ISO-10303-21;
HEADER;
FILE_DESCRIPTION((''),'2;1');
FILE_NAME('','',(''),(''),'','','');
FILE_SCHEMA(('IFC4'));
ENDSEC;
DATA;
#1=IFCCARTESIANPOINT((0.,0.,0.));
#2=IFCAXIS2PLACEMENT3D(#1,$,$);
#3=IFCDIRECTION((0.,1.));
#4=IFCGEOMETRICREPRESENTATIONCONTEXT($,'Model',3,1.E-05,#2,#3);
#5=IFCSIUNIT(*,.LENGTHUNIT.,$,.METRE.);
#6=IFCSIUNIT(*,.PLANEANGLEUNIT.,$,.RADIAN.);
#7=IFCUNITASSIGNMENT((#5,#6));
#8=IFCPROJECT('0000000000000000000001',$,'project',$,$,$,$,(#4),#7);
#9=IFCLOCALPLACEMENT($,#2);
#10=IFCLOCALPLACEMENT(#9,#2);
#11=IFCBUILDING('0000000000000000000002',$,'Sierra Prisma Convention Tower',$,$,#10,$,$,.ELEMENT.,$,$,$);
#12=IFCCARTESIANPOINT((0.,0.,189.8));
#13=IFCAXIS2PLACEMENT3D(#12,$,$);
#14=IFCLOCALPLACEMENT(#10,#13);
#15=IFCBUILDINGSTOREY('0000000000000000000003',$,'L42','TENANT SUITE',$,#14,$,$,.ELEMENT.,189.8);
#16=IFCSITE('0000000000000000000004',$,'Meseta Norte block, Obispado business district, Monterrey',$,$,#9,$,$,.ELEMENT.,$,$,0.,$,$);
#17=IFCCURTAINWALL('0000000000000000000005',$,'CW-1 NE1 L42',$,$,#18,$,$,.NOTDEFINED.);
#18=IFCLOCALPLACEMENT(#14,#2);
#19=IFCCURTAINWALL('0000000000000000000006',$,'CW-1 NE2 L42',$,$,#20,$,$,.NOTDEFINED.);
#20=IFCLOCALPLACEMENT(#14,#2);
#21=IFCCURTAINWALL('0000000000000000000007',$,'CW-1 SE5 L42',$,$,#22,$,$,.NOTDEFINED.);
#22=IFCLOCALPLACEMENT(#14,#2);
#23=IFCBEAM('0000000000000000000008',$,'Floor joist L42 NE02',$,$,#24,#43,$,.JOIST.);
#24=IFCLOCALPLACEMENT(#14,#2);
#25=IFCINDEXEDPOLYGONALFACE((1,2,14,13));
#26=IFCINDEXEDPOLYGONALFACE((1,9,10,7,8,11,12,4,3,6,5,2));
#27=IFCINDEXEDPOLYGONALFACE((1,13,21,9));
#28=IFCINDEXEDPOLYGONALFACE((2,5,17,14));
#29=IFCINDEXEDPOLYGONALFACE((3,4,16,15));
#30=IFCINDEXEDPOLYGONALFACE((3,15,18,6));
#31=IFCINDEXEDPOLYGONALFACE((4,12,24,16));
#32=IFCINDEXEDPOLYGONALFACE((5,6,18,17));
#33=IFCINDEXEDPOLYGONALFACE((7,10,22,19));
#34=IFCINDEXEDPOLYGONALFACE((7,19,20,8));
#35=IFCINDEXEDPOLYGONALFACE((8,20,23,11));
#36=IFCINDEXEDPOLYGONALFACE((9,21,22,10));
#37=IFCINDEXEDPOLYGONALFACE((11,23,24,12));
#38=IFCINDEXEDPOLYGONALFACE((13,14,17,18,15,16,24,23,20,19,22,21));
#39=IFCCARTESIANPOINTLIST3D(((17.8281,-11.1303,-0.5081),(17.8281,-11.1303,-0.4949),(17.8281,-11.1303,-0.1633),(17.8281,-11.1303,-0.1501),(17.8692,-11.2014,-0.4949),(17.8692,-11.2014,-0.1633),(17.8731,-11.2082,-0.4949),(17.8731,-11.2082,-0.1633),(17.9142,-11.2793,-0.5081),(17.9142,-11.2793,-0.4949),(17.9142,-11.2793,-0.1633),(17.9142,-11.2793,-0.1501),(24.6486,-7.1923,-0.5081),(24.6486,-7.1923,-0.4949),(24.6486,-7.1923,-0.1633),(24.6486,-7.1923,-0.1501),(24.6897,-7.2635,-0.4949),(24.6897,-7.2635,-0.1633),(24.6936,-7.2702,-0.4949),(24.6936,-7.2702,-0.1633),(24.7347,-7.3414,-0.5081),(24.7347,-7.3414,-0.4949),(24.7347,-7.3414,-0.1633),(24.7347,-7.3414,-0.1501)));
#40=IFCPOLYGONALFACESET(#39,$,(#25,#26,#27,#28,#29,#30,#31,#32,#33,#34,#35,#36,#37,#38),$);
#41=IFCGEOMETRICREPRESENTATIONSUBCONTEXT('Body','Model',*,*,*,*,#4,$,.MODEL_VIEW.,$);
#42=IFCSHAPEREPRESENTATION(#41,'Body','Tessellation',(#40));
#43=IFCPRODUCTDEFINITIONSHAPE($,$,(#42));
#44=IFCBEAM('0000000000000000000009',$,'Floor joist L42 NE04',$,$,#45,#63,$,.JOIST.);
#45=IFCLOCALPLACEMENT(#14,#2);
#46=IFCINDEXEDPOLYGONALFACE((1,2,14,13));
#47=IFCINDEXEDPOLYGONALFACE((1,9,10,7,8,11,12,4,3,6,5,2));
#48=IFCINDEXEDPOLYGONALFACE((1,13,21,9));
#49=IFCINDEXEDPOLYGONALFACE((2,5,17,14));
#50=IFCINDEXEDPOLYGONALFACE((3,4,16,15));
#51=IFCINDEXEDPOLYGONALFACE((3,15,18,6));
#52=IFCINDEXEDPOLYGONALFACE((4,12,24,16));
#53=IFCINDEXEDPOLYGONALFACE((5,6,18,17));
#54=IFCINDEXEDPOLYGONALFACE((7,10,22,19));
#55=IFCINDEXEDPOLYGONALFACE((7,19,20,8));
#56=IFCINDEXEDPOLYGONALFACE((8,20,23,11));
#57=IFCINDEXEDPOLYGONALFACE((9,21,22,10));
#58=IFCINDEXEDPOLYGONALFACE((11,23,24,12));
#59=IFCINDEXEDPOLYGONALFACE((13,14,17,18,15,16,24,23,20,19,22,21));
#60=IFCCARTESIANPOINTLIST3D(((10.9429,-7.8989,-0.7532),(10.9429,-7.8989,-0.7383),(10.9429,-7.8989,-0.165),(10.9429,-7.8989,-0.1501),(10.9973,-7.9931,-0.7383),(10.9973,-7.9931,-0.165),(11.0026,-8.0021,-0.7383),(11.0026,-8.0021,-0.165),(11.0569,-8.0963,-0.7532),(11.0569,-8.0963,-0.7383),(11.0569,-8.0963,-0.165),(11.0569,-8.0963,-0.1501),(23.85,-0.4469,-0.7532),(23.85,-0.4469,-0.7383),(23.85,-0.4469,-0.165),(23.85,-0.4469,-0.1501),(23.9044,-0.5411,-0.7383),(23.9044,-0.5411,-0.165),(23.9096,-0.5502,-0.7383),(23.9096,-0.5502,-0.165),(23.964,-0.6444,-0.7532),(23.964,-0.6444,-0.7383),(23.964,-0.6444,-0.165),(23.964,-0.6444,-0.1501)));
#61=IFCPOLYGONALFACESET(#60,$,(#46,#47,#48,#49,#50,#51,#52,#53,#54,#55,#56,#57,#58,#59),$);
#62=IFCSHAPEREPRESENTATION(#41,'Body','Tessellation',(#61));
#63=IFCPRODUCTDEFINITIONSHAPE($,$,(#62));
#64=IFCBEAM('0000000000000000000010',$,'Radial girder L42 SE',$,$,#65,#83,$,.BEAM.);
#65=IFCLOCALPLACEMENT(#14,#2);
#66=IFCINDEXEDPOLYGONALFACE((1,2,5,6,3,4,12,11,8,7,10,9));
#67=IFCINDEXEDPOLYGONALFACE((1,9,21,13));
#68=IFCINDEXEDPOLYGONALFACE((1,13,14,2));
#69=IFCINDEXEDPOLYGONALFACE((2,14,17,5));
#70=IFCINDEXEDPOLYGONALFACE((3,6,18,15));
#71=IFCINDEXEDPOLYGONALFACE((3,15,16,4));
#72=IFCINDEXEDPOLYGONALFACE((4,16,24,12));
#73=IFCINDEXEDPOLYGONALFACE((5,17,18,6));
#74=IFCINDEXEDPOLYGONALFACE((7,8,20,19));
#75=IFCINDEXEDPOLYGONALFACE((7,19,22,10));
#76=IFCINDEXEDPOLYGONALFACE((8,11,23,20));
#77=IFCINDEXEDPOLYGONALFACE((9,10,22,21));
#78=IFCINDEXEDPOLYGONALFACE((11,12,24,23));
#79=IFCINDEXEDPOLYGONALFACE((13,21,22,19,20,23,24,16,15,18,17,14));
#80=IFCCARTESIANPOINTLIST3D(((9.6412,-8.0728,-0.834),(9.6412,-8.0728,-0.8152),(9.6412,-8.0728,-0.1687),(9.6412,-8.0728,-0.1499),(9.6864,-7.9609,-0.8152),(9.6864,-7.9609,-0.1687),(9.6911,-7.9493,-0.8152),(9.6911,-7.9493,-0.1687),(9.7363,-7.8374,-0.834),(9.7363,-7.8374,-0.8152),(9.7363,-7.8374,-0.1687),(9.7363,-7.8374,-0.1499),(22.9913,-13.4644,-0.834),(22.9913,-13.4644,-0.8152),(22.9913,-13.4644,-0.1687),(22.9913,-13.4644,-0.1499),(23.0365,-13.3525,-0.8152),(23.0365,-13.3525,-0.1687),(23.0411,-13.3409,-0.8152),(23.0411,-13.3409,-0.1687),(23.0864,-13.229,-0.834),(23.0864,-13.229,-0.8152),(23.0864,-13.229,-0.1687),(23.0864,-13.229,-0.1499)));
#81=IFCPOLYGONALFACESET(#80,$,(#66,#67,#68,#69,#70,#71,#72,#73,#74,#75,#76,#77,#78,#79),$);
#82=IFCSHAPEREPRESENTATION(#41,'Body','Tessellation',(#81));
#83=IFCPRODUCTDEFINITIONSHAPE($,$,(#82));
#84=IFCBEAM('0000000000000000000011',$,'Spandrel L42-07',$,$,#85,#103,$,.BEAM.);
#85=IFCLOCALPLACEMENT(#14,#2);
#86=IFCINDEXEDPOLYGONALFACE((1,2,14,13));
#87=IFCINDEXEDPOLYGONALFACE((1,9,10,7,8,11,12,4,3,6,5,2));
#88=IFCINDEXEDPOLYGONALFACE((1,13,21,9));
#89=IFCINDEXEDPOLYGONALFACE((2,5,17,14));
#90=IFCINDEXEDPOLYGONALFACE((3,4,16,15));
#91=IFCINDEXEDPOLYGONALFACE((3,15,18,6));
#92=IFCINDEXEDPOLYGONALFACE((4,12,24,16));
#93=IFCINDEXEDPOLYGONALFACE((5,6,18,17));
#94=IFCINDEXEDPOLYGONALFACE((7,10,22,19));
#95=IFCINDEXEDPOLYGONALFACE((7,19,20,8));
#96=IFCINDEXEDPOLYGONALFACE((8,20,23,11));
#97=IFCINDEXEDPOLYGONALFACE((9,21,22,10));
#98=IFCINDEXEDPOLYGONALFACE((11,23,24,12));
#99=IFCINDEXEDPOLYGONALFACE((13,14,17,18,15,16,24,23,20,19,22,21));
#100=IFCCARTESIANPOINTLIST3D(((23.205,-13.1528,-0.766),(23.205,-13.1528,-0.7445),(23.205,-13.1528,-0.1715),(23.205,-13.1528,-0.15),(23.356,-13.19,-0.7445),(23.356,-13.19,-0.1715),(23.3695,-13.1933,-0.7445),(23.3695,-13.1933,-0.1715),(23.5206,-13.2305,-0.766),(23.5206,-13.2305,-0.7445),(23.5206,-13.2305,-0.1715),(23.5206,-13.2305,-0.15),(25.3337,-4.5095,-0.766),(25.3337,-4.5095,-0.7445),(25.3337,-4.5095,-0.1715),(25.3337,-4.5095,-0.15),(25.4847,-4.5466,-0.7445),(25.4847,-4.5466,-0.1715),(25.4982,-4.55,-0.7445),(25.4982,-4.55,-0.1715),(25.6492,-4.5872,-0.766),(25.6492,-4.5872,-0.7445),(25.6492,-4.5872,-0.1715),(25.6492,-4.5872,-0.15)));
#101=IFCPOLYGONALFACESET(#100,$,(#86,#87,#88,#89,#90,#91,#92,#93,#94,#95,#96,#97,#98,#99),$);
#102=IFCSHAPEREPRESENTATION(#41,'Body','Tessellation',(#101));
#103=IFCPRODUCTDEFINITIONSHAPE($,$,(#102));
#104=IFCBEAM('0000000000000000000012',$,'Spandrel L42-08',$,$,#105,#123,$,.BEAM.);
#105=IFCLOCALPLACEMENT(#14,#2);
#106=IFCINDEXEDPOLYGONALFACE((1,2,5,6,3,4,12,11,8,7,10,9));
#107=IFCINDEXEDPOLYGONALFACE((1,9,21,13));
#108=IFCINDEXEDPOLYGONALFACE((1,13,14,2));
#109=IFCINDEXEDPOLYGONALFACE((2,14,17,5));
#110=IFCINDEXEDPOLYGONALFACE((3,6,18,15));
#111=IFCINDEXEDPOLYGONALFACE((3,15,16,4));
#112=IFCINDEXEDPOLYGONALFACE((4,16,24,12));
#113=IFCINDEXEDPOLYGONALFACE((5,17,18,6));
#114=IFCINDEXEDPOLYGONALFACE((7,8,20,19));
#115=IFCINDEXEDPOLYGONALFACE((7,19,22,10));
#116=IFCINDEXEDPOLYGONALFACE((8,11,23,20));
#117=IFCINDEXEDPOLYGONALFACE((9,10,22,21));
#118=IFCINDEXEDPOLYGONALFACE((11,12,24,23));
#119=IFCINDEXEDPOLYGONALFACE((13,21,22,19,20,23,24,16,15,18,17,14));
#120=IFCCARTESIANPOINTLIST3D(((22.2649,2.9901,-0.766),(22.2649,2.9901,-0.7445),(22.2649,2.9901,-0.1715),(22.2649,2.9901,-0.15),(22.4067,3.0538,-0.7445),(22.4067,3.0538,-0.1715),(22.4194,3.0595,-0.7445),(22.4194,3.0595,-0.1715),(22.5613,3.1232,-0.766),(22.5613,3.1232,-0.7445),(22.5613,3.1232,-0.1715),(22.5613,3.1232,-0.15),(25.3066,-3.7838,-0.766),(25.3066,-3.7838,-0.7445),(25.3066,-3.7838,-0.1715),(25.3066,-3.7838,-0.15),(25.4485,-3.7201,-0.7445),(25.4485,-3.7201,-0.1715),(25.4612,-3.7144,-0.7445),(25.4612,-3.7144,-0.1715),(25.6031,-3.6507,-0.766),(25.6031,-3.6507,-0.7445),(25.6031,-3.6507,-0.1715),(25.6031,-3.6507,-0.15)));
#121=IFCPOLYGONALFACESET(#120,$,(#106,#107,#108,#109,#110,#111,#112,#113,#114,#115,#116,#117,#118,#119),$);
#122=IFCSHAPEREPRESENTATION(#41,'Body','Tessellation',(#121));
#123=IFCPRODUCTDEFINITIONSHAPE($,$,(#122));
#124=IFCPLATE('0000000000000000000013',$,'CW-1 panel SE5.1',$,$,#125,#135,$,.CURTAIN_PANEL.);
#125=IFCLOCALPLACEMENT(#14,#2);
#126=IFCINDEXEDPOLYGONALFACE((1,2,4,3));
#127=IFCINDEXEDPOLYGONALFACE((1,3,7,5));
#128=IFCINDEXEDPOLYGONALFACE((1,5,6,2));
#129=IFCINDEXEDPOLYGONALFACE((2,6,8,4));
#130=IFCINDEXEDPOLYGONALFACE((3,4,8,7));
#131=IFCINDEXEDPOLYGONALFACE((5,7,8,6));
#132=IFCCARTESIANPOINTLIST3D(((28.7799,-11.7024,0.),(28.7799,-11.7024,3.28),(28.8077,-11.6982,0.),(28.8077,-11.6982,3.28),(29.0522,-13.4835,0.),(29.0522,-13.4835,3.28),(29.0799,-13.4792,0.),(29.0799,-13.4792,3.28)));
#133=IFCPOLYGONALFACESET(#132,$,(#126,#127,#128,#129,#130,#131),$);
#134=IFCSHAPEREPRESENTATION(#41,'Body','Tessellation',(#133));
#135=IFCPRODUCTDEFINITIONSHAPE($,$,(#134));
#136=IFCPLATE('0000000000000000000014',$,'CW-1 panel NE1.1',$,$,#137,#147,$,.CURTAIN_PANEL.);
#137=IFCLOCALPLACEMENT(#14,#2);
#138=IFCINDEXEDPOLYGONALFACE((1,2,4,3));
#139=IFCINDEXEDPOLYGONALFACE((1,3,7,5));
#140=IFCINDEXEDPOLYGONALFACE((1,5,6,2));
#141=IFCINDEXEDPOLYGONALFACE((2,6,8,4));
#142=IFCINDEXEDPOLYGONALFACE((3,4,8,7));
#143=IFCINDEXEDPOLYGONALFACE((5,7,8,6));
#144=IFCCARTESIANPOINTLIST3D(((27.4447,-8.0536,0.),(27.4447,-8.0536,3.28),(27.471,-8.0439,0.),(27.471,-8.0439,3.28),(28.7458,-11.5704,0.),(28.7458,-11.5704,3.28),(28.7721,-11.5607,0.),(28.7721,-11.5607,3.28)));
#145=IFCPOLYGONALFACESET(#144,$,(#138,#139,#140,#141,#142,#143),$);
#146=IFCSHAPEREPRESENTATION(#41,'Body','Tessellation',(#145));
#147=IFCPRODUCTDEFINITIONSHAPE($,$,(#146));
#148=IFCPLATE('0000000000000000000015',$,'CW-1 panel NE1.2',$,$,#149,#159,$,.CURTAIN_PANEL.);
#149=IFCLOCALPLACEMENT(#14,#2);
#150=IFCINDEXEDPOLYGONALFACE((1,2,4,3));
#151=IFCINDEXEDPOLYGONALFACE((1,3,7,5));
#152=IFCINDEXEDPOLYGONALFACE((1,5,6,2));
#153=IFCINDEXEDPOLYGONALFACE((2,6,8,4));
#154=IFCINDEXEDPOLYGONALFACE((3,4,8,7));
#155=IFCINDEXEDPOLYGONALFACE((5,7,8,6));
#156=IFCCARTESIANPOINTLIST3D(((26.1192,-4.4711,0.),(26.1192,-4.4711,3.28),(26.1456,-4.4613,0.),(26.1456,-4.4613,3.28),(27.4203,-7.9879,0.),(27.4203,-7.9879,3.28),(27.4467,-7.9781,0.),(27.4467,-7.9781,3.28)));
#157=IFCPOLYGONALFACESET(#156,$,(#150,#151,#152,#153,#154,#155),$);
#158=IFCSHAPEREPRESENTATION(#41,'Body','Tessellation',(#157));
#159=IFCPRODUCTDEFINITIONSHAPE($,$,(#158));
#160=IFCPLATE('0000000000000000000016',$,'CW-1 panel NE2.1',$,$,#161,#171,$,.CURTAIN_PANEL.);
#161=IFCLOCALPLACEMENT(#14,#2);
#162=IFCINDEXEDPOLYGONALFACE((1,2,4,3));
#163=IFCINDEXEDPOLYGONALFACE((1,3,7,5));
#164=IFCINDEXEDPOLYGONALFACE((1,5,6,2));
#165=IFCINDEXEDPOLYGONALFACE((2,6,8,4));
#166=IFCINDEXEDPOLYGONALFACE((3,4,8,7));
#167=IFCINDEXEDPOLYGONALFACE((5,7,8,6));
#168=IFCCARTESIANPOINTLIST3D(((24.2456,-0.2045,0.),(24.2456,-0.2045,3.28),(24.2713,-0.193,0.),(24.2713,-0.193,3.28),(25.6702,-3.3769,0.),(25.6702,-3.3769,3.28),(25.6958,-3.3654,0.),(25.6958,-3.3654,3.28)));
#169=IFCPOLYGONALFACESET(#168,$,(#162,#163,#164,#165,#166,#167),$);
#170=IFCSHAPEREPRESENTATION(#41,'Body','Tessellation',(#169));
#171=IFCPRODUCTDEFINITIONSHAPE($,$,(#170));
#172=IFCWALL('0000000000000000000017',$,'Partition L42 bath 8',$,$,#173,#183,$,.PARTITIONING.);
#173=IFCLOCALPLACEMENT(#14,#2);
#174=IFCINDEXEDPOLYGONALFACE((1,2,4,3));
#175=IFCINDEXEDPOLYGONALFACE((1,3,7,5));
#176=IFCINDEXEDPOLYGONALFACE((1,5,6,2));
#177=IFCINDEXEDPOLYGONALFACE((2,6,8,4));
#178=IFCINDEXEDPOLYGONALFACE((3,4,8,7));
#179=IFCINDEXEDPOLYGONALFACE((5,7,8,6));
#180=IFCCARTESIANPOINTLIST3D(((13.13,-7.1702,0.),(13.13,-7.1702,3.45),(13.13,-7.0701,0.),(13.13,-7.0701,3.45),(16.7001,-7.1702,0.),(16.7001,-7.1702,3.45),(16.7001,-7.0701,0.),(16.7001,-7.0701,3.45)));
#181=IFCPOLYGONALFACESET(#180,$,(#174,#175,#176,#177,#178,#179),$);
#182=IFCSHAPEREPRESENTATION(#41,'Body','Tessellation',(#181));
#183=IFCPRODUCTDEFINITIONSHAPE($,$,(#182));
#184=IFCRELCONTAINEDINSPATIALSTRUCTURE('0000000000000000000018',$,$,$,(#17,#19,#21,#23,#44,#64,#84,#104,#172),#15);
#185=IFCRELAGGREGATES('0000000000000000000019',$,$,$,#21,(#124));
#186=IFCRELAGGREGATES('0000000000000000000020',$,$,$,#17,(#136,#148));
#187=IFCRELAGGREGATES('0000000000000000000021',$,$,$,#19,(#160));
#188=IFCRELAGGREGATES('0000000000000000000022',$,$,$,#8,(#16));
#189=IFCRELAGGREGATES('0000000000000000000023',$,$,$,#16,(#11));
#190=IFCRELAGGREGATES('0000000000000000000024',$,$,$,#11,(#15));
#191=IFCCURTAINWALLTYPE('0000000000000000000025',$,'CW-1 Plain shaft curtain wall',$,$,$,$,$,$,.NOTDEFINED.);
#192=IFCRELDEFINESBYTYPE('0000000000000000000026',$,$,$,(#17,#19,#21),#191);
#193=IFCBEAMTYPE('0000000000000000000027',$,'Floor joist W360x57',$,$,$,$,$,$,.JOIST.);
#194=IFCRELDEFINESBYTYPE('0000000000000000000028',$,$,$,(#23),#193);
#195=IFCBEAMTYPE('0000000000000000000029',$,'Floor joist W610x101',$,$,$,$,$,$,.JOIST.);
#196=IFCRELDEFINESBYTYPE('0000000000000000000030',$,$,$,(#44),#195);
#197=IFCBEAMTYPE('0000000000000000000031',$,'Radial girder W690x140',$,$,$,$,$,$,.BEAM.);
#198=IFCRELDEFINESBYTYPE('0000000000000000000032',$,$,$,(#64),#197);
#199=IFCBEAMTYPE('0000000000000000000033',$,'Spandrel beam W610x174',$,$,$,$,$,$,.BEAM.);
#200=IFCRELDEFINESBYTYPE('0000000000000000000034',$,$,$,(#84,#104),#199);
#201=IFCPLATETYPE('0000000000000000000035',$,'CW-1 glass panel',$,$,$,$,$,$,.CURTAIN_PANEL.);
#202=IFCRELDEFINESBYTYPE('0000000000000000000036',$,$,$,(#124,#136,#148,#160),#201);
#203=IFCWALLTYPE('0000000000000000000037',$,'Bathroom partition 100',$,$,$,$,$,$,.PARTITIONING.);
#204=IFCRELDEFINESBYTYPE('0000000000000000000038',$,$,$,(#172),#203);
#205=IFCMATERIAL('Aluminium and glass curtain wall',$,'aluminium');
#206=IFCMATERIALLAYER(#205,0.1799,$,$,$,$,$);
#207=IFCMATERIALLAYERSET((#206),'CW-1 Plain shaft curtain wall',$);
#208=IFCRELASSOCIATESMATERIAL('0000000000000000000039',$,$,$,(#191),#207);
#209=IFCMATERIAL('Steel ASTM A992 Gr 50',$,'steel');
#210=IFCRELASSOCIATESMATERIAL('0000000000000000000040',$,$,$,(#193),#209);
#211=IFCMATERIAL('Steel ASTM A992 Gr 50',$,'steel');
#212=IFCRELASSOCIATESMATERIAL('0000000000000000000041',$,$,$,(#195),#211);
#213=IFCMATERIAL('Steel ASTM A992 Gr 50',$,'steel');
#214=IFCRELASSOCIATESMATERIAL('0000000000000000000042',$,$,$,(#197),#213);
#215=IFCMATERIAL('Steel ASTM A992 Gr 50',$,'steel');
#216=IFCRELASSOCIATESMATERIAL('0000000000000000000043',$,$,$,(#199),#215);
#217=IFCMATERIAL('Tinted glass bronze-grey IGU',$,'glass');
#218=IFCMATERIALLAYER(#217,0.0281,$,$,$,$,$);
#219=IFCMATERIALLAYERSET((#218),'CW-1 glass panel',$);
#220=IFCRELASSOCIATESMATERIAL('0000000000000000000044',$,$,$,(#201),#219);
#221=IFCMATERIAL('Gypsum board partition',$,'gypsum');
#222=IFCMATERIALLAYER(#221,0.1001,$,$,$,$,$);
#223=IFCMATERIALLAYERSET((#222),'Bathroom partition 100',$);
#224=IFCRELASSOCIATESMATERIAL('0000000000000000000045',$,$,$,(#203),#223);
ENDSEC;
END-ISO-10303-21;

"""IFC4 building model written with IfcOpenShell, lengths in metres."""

from ifc_helpers import new_model, si_unit, direction, frame, frame_2d, origin, origin_2d, place, context, subcontext, project, spatial, rectangle, i_section, extrude, material, layer, layer_set, material_profile, profile_set, type_object, element, aggregate, save


model = new_model("IFC4")

# Units and contexts
model_context = context("Model", 3, precision=1e-05, world=origin(), true_north=direction((0.0, 1.0)))
body_context = subcontext(model_context, "Body", "Model", "MODEL_VIEW")
ifc_project = project(units=[si_unit("LENGTHUNIT", "METRE"), si_unit("PLANEANGLEUNIT", "RADIAN")], contexts=[model_context])

# Site, building, storey
site_placement = place(None, origin())
site = spatial("IfcSite", under=ifc_project, at=site_placement, Name="Meseta Norte block, Obispado business district, Monterrey", CompositionType="ELEMENT", RefElevation=0.0)
building_placement = place(site_placement, origin())
building = spatial("IfcBuilding", under=site, at=building_placement, Name="Sierra Prisma Convention Tower", CompositionType="ELEMENT")
storey_placement = place(building_placement, frame((0.0, 0.0, 189.8)))
storey = spatial("IfcBuildingStorey", under=building, at=storey_placement, Name="L42", Description="TENANT SUITE", CompositionType="ELEMENT", Elevation=189.8)

# Curtain walls
ifc_material_1 = material(Name="Aluminium and glass curtain wall", Category="aluminium")
ifc_layer_1 = layer(ifc_material_1, 0.1799)
ifc_layer_set_1 = layer_set([ifc_layer_1], Name="CW-1 Plain shaft curtain wall")
curtain_wall_type = type_object("IfcCurtainWallType", Name="CW-1 Plain shaft curtain wall", PredefinedType="NOTDEFINED", material=ifc_layer_set_1)
curtain_wall_1_placement = place(storey_placement, origin())
curtain_wall_1 = element("IfcCurtainWall", 1, at=curtain_wall_1_placement, inside=storey, type_object=curtain_wall_type, Name="CW-1 NE1 L42", PredefinedType="NOTDEFINED")
curtain_wall_2_placement = place(storey_placement, origin())
curtain_wall_2 = element("IfcCurtainWall", 2, at=curtain_wall_2_placement, inside=storey, type_object=curtain_wall_type, Name="CW-1 NE2 L42", PredefinedType="NOTDEFINED")

# Curtain wall
curtain_wall_3_placement = place(storey_placement, origin())
curtain_wall_3 = element("IfcCurtainWall", 3, at=curtain_wall_3_placement, inside=storey, type_object=curtain_wall_type, Name="CW-1 SE5 L42", PredefinedType="NOTDEFINED")

# Beams
ifc_material_2 = material(Name="Steel ASTM A992 Gr 50", Category="steel")
ifc_material_profile_1 = material_profile(ifc_material_2, i_section(OverallWidth=0.1721, OverallDepth=0.3579, WebThickness=0.0078, FlangeThickness=0.0132, at=origin_2d()), Name="W360x57")
ifc_profile_set_1 = profile_set([ifc_material_profile_1], Name="Steel ASTM A992 Gr 50")
beam_type_1 = type_object("IfcBeamType", Name="Floor joist W360x57", PredefinedType="JOIST", material=ifc_profile_set_1)
beam_1_placement = place(storey_placement, frame((24.6917, -7.2668, -0.3291), z_axis=(-0.866018, -0.500013, 0.0), x_axis=(0.500013, -0.866018, 0.0)))
element("IfcBeam", 4, at=beam_1_placement, inside=storey, type_object=beam_type_1, Name="Floor joist L42 NE02", PredefinedType="JOIST", context=body_context, shape_type="SweptSolid", body=[
    extrude(i_section(OverallWidth=0.1721, OverallDepth=0.3579, WebThickness=0.0078, FlangeThickness=0.0132, at=origin_2d()), origin(), (0.0, 0.0, 1.0), 7.8757),
])
ifc_material_3 = material(Name="Steel ASTM A992 Gr 50", Category="steel")
ifc_material_profile_2 = material_profile(ifc_material_3, i_section(OverallWidth=0.228, OverallDepth=0.603, WebThickness=0.0105, FlangeThickness=0.0149, at=origin_2d()), Name="W610x101")
ifc_profile_set_2 = profile_set([ifc_material_profile_2], Name="Steel ASTM A992 Gr 50")
beam_type_2 = type_object("IfcBeamType", Name="Floor joist W610x101", PredefinedType="JOIST", material=ifc_profile_set_2)
beam_2_placement = place(storey_placement, frame((23.907, -0.5457, -0.4517), z_axis=(-0.866024, -0.500003, 0.0), x_axis=(0.500003, -0.866024, 0.0)))
element("IfcBeam", 5, at=beam_2_placement, inside=storey, type_object=beam_type_2, Name="Floor joist L42 NE04", PredefinedType="JOIST", context=body_context, shape_type="SweptSolid", body=[
    extrude(i_section(OverallWidth=0.228, OverallDepth=0.603, WebThickness=0.0105, FlangeThickness=0.0149, at=origin_2d()), origin(), (0.0, 0.0, 1.0), 14.9038),
])
ifc_material_4 = material(Name="Steel ASTM A992 Gr 50", Category="steel")
ifc_material_profile_3 = material_profile(ifc_material_4, i_section(OverallWidth=0.2539, OverallDepth=0.6841, WebThickness=0.0125, FlangeThickness=0.0188, at=origin_2d()), Name="W690x140")
ifc_profile_set_3 = profile_set([ifc_material_profile_3], Name="Steel ASTM A992 Gr 50")
beam_type_3 = type_object("IfcBeamType", Name="Radial girder W690x140", PredefinedType="BEAM", material=ifc_profile_set_3)
beam_3_placement = place(storey_placement, frame((23.0388, -13.3467, -0.4919), z_axis=(-0.927237, 0.374476, 0.0), x_axis=(-0.374476, -0.927237, 0.0)))
element("IfcBeam", 6, at=beam_3_placement, inside=storey, type_object=beam_type_3, Name="Radial girder L42 SE", PredefinedType="BEAM", context=body_context, shape_type="SweptSolid", body=[
    extrude(i_section(OverallWidth=0.2539, OverallDepth=0.6841, WebThickness=0.0125, FlangeThickness=0.0188, at=origin_2d()), origin(), (0.0, 0.0, 1.0), 14.3977),
])
ifc_material_5 = material(Name="Steel ASTM A992 Gr 50", Category="steel")
ifc_material_profile_4 = material_profile(ifc_material_5, i_section(OverallWidth=0.325, OverallDepth=0.616, WebThickness=0.0139, FlangeThickness=0.0215, at=origin_2d()), Name="W610x174")
ifc_profile_set_4 = profile_set([ifc_material_profile_4], Name="Steel ASTM A992 Gr 50")
beam_type_4 = type_object("IfcBeamType", Name="Spandrel beam W610x174", PredefinedType="BEAM", material=ifc_profile_set_4)
beam_4_placement = place(storey_placement, frame((23.3628, -13.1917, -0.458), z_axis=(0.239133, 0.970987, 0.0), x_axis=(-0.970987, 0.239133, 0.0)))
element("IfcBeam", 7, at=beam_4_placement, inside=storey, type_object=beam_type_4, Name="Spandrel L42-07", PredefinedType="BEAM", context=body_context, shape_type="SweptSolid", body=[
    extrude(i_section(OverallWidth=0.325, OverallDepth=0.616, WebThickness=0.0139, FlangeThickness=0.0215, at=origin_2d()), origin(), (0.0, 0.0, 1.0), 8.9016),
])
beam_5_placement = place(storey_placement, frame((25.4548, -3.7173, -0.458), z_axis=(-0.409635, 0.91225, 0.0), x_axis=(-0.91225, -0.409635, 0.0)))
element("IfcBeam", 8, at=beam_5_placement, inside=storey, type_object=beam_type_4, Name="Spandrel L42-08", PredefinedType="BEAM", context=body_context, shape_type="SweptSolid", body=[
    extrude(i_section(OverallWidth=0.325, OverallDepth=0.616, WebThickness=0.0139, FlangeThickness=0.0215, at=origin_2d()), origin(), (0.0, 0.0, 1.0), 7.4255),
])

# Plates
ifc_material_6 = material(Name="Tinted glass bronze-grey IGU", Category="glass")
ifc_layer_2 = layer(ifc_material_6, 0.0281)
ifc_layer_set_2 = layer_set([ifc_layer_2], Name="CW-1 glass panel")
plate_type = type_object("IfcPlateType", Name="CW-1 glass panel", PredefinedType="CURTAIN_PANEL", material=ifc_layer_set_2)
plate_1_placement = place(storey_placement, frame((28.9299, -12.5908, 0.0), z_axis=(0.0, 0.0, 1.0), x_axis=(-0.151103, 0.988518, 0.0)))
plate_1 = element("IfcPlate", 9, at=plate_1_placement, type_object=plate_type, Name="CW-1 panel SE5.1", PredefinedType="CURTAIN_PANEL", context=body_context, shape_type="SweptSolid", body=[
    extrude(rectangle(XDim=1.8018, YDim=0.0281, at=origin_2d()), origin(), (0.0, 0.0, 1.0), 3.28),
])
aggregate(curtain_wall_3, [plate_1])
plate_2_placement = place(storey_placement, frame((28.1084, -9.8071, 0.0), z_axis=(0.0, 0.0, 1.0), x_axis=(-0.346984, 0.937871, 0.0)))
plate_2 = element("IfcPlate", 10, at=plate_2_placement, type_object=plate_type, Name="CW-1 panel NE1.1", PredefinedType="CURTAIN_PANEL", context=body_context, shape_type="SweptSolid", body=[
    extrude(rectangle(XDim=3.7498, YDim=0.0281, at=origin_2d()), origin(), (0.0, 0.0, 1.0), 3.28),
])
plate_3_placement = place(storey_placement, frame((26.783, -6.2246, 0.0), z_axis=(0.0, 0.0, 1.0), x_axis=(-0.346984, 0.937871, 0.0)))
plate_3 = element("IfcPlate", 11, at=plate_3_placement, type_object=plate_type, Name="CW-1 panel NE1.2", PredefinedType="CURTAIN_PANEL", context=body_context, shape_type="SweptSolid", body=[
    extrude(rectangle(XDim=3.7498, YDim=0.0281, at=origin_2d()), origin(), (0.0, 0.0, 1.0), 3.28),
])
aggregate(curtain_wall_1, [plate_2, plate_3])
plate_4_placement = place(storey_placement, frame((24.9707, -1.7849, 0.0), z_axis=(0.0, 0.0, 1.0), x_axis=(-0.409633, 0.91225, 0.0)))
plate_4 = element("IfcPlate", 12, at=plate_4_placement, type_object=plate_type, Name="CW-1 panel NE2.1", PredefinedType="CURTAIN_PANEL", context=body_context, shape_type="SweptSolid", body=[
    extrude(rectangle(XDim=3.4775, YDim=0.0281, at=origin_2d()), origin(), (0.0, 0.0, 1.0), 3.28),
])
aggregate(curtain_wall_2, [plate_4])

# Wall
ifc_material_7 = material(Name="Gypsum board partition", Category="gypsum")
ifc_layer_3 = layer(ifc_material_7, 0.1001)
ifc_layer_set_3 = layer_set([ifc_layer_3], Name="Bathroom partition 100")
wall_type_1 = type_object("IfcWallType", Name="Bathroom partition 100", PredefinedType="PARTITIONING", material=ifc_layer_set_3)
wall_1_placement = place(storey_placement, frame((13.1299, -7.1201, 0.0), z_axis=(0.0, 0.0, 1.0), x_axis=(1.0, 0.0, 0.0)))
element("IfcWall", 13, at=wall_1_placement, inside=storey, type_object=wall_type_1, Name="Partition L42 bath 8", PredefinedType="PARTITIONING", context=body_context, shape_type="SweptSolid", body=[
    extrude(rectangle(XDim=3.5701, YDim=0.1001, at=frame_2d((1.7852, 0.0))), origin(), (0.0, 0.0, 1.0), 3.45),
])

save(model, "model.ifc")
